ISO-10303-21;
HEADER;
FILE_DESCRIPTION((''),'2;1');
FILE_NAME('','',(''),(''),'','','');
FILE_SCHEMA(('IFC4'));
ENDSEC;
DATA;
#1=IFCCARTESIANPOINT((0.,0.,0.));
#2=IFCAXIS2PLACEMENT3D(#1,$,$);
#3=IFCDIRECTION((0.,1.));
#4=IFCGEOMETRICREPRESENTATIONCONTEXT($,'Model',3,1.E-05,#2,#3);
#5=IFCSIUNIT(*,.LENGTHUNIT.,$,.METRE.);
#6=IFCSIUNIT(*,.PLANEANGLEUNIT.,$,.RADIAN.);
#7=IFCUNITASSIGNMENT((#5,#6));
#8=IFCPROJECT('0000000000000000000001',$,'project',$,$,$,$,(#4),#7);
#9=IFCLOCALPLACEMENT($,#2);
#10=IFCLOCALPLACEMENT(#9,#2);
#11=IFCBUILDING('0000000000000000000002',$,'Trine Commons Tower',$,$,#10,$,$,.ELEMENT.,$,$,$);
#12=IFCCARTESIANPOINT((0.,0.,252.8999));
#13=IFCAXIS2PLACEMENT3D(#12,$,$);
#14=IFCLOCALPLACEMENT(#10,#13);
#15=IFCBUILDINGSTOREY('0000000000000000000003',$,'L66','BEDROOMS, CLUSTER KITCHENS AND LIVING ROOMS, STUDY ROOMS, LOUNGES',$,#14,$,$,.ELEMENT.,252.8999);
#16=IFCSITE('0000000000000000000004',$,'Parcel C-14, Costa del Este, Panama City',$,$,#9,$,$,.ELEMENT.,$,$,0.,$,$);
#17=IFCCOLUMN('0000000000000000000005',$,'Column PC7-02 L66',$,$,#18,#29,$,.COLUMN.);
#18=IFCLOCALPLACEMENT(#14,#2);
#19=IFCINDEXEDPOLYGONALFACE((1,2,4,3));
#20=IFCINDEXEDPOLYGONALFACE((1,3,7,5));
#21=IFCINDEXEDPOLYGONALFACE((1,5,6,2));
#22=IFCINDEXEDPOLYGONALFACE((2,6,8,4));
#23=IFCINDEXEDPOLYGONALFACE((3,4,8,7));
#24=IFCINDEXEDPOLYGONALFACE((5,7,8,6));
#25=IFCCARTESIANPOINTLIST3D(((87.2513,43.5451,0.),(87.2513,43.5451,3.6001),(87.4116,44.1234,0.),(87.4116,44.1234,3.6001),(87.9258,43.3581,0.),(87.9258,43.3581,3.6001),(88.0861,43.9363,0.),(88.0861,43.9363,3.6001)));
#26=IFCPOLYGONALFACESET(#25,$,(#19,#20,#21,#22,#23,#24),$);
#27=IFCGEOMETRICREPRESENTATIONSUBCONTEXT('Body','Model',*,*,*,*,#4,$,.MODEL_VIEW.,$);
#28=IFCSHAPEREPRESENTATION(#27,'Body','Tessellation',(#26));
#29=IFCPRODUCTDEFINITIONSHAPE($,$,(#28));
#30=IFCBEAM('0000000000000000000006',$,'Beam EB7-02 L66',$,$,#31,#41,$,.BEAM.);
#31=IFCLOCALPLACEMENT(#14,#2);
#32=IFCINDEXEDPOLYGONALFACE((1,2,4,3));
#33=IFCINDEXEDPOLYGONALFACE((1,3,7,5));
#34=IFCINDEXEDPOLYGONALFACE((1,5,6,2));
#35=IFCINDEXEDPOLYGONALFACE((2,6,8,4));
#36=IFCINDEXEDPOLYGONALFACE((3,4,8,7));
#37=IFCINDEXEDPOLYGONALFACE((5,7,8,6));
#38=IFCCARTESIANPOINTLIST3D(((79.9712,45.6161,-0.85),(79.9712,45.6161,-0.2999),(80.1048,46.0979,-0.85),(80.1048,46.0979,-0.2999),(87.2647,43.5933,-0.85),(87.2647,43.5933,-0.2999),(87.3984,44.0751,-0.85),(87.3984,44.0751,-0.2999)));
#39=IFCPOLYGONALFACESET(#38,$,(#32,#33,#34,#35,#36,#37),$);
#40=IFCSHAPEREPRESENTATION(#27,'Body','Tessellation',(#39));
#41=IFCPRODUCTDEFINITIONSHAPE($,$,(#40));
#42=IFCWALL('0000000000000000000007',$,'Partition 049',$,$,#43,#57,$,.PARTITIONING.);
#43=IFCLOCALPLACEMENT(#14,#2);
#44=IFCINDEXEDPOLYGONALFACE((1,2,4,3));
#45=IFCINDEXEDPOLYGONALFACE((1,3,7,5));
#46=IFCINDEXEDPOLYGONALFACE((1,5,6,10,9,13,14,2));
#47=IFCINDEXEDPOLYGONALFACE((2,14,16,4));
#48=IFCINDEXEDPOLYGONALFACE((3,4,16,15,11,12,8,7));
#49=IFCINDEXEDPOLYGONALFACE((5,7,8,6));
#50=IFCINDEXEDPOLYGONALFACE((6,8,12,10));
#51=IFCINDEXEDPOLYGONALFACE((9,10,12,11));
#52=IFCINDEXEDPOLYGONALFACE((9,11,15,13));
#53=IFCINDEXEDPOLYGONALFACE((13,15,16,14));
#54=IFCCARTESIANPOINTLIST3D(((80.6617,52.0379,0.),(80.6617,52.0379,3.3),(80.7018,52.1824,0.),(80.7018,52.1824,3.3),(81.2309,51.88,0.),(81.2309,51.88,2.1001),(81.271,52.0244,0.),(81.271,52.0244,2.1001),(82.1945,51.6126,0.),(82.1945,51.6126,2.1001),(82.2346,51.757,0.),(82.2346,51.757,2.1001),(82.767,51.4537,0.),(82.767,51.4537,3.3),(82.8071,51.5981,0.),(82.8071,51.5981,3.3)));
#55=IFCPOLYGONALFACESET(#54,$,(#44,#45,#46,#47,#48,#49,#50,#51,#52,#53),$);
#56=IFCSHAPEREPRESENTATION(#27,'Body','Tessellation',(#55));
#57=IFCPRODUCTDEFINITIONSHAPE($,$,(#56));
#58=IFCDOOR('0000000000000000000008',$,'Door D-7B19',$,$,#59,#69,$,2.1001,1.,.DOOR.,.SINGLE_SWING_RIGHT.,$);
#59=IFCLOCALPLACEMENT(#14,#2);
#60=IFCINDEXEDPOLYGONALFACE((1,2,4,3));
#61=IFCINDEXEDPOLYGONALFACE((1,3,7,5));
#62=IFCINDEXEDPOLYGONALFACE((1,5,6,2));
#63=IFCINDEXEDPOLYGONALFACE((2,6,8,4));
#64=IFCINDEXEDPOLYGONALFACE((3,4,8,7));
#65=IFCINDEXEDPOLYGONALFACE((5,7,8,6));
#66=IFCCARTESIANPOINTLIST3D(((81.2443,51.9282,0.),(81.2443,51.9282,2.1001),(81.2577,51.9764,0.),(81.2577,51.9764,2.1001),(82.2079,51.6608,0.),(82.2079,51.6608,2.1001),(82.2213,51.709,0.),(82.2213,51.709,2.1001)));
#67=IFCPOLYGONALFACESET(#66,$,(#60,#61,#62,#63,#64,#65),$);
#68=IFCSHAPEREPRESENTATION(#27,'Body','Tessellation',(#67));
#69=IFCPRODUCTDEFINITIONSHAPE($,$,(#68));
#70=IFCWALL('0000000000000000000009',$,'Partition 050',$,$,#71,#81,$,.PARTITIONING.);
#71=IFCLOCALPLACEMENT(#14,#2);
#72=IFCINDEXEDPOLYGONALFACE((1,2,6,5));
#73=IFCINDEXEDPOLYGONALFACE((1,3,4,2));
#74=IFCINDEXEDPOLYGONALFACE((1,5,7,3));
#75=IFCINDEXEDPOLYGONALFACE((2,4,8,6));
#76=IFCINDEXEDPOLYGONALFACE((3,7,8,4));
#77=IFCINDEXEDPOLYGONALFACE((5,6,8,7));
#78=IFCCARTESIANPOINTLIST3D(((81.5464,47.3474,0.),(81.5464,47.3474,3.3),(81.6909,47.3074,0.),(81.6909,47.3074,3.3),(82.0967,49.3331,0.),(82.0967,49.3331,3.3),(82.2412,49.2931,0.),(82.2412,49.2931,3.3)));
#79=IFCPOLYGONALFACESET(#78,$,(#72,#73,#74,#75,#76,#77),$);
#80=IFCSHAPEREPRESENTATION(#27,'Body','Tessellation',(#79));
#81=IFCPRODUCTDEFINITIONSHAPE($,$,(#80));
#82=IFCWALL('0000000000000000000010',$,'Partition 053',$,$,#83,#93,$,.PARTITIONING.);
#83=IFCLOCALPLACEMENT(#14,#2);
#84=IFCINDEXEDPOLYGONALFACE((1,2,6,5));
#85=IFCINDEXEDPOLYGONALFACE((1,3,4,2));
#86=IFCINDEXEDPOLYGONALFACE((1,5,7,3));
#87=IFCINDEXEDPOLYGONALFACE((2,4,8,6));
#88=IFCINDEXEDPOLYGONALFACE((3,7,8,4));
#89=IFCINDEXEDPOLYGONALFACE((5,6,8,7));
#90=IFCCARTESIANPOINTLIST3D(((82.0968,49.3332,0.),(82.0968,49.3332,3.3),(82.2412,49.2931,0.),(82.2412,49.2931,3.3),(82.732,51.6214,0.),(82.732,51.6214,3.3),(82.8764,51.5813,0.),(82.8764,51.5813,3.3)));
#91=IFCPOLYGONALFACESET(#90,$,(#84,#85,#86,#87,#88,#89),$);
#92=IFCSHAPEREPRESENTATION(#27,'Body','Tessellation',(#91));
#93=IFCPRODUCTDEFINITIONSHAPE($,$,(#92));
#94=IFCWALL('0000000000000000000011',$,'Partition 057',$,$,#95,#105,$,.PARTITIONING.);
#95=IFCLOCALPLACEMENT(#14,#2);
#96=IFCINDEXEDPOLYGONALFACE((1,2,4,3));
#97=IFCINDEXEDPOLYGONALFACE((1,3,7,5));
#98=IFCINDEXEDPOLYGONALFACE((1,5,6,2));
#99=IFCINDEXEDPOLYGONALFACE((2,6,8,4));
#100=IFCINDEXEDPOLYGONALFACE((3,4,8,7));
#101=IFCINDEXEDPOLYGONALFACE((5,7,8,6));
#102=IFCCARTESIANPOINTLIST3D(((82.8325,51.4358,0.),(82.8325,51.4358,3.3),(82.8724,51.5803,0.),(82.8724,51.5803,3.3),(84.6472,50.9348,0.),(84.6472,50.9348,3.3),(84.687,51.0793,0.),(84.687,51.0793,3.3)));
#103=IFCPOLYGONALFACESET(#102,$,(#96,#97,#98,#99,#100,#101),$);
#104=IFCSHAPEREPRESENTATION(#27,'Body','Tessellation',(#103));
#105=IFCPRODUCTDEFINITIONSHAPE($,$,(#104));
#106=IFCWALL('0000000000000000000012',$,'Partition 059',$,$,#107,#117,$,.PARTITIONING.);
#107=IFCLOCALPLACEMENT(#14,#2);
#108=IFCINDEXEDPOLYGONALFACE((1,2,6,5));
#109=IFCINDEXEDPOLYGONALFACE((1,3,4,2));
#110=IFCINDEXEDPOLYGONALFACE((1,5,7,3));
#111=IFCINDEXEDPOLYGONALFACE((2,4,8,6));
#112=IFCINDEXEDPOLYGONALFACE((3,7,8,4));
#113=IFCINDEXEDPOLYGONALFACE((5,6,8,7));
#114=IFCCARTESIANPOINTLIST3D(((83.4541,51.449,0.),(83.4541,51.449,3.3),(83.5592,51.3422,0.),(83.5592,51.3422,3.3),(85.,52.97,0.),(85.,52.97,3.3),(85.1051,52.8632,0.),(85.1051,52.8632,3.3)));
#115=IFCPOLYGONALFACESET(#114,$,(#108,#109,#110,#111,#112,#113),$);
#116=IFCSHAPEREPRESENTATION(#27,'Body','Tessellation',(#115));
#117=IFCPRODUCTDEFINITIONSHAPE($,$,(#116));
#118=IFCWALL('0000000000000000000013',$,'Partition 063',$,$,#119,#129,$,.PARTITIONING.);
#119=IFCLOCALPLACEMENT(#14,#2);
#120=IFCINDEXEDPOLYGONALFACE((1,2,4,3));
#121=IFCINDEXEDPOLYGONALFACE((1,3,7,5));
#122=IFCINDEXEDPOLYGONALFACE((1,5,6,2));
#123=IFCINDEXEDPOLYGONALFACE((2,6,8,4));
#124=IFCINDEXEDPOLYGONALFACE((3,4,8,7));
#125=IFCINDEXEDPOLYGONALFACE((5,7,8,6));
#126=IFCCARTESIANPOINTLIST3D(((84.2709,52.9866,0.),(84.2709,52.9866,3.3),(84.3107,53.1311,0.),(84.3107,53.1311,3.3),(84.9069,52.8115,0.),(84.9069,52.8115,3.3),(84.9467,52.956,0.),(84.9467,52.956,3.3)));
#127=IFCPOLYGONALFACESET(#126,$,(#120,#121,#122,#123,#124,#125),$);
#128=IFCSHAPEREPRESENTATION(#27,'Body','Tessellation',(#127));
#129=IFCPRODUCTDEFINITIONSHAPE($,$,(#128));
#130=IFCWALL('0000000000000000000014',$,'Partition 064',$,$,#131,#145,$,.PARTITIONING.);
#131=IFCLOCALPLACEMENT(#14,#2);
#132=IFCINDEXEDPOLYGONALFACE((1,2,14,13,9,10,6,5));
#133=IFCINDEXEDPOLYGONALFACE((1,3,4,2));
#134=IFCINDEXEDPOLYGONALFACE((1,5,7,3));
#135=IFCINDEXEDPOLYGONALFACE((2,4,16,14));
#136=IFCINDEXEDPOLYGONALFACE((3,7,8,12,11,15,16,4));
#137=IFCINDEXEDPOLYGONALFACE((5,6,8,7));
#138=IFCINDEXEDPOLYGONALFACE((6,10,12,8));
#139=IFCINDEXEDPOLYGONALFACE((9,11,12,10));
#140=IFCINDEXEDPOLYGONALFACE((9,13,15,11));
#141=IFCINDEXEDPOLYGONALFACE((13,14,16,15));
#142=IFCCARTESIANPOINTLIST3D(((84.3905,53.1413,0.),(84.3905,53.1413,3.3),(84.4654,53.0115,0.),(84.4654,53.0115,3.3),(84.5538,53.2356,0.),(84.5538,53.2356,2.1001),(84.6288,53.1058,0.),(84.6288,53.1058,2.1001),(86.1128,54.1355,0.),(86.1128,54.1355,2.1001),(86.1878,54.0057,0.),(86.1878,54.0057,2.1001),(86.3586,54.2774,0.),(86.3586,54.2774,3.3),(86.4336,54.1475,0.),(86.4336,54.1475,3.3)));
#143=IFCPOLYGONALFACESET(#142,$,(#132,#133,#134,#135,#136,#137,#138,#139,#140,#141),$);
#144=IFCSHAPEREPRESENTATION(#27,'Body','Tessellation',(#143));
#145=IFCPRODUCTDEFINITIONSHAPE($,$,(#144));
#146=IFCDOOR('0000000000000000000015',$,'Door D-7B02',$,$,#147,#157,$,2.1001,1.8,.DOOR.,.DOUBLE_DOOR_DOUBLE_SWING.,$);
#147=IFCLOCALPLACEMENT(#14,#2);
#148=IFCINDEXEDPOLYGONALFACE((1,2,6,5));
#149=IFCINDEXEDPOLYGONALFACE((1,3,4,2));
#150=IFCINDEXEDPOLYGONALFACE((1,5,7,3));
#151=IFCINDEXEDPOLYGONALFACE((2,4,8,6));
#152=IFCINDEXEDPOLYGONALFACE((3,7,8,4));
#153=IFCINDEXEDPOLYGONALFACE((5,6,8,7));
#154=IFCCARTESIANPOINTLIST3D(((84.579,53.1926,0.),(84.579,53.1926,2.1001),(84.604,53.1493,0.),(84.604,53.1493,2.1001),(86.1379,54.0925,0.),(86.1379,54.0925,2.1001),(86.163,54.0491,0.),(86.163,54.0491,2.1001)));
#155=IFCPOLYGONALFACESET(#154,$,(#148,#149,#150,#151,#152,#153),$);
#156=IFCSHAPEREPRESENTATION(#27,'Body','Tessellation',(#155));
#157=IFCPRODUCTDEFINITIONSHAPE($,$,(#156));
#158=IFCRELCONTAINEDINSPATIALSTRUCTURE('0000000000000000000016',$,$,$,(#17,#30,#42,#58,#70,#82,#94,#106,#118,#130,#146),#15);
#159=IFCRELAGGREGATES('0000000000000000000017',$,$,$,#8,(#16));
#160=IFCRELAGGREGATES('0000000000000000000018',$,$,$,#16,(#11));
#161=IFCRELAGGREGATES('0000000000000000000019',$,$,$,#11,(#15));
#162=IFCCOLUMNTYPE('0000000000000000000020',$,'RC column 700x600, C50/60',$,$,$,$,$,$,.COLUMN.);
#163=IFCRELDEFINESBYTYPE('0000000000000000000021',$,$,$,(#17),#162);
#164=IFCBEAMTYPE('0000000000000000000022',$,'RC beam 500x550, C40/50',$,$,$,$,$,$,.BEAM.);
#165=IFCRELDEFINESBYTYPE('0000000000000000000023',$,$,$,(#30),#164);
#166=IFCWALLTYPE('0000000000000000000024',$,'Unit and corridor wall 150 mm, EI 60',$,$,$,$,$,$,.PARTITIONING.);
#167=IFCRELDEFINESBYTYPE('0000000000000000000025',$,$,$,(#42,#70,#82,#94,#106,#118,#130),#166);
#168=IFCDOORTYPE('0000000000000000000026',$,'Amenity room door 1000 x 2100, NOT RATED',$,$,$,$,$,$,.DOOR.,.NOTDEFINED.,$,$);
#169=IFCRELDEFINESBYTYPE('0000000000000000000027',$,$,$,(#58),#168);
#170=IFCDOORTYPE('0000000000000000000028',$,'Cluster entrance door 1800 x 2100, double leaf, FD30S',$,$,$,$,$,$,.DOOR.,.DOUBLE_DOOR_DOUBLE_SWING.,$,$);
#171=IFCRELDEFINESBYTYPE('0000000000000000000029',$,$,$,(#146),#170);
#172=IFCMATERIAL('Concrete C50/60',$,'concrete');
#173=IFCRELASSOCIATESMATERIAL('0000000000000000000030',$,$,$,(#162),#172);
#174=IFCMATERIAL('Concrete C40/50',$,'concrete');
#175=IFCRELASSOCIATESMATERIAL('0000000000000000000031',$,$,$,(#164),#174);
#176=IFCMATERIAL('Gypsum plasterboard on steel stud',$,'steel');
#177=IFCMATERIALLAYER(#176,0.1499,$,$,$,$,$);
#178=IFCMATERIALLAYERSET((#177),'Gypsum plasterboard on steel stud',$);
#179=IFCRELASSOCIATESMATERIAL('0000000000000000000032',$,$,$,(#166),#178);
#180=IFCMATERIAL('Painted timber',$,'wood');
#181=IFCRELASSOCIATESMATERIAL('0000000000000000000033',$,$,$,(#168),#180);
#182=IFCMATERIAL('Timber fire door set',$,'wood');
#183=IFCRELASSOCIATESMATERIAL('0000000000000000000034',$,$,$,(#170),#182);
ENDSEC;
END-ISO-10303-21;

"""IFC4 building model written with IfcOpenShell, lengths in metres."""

from ifc_helpers import new_model, si_unit, direction, frame, frame_2d, origin, origin_2d, place, context, subcontext, project, spatial, rectangle, extrude, material, layer, layer_set, material_profile, profile_set, type_object, element, fill, save


model = new_model("IFC4")

# Units and contexts
model_context = context("Model", 3, precision=1e-05, world=origin(), true_north=direction((0.0, 1.0)))
body_context = subcontext(model_context, "Body", "Model", "MODEL_VIEW")
ifc_project = project(units=[si_unit("LENGTHUNIT", "METRE"), si_unit("PLANEANGLEUNIT", "RADIAN")], contexts=[model_context])

# Site, building, storey
site_placement = place(None, origin())
site = spatial("IfcSite", under=ifc_project, at=site_placement, Name="Parcel C-14, Costa del Este, Panama City", CompositionType="ELEMENT", RefElevation=0.0)
building_placement = place(site_placement, origin())
building = spatial("IfcBuilding", under=site, at=building_placement, Name="Trine Commons Tower", CompositionType="ELEMENT")
storey_placement = place(building_placement, frame((0.0, 0.0, 252.8999)))
storey = spatial("IfcBuildingStorey", under=building, at=storey_placement, Name="L66", Description="BEDROOMS, CLUSTER KITCHENS AND LIVING ROOMS, STUDY ROOMS, LOUNGES", CompositionType="ELEMENT", Elevation=252.8999)

# Column
ifc_material_1 = material(Name="Concrete C50/60", Category="concrete")
ifc_material_profile_1 = material_profile(ifc_material_1, rectangle(XDim=0.7, YDim=0.6001, at=origin_2d()), Name="RC 700x600")
ifc_profile_set_1 = profile_set([ifc_material_profile_1], Name="Concrete C50/60")
column_type = type_object("IfcColumnType", Name="RC column 700x600, C50/60", PredefinedType="COLUMN", material=ifc_profile_set_1)
column_placement = place(storey_placement, frame((87.6687, 43.7407, 0.0), z_axis=(0.0, 0.0, 1.0), x_axis=(-0.96363, 0.267238, 0.0)))
element("IfcColumn", 1, at=column_placement, inside=storey, type_object=column_type, Name="Column PC7-02 L66", PredefinedType="COLUMN", context=body_context, shape_type="SweptSolid", body=[
    extrude(rectangle(XDim=0.7, YDim=0.6001, at=origin_2d()), origin(), (0.0, 0.0, 1.0), 3.6001),
])

# Beam
ifc_material_2 = material(Name="Concrete C40/50", Category="concrete")
ifc_material_profile_2 = material_profile(ifc_material_2, rectangle(XDim=0.5, YDim=0.55, at=origin_2d()), Name="RC 500x550")
ifc_profile_set_2 = profile_set([ifc_material_profile_2], Name="Concrete C40/50")
beam_type = type_object("IfcBeamType", Name="RC beam 500x550, C40/50", PredefinedType="BEAM", material=ifc_profile_set_2)
beam_placement = place(storey_placement, frame((87.3315, 43.8342, -0.575), z_axis=(-0.963629, 0.267245, 0.0), x_axis=(-0.267245, -0.963629, 0.0)))
element("IfcBeam", 2, at=beam_placement, inside=storey, type_object=beam_type, Name="Beam EB7-02 L66", PredefinedType="BEAM", context=body_context, shape_type="SweptSolid", body=[
    extrude(rectangle(XDim=0.5, YDim=0.55, at=origin_2d()), origin(), (0.0, 0.0, 1.0), 7.5688),
])

# Wall, opening, door
ifc_material_3 = material(Name="Gypsum plasterboard on steel stud", Category="steel")
ifc_layer_1 = layer(ifc_material_3, 0.1499)
ifc_layer_set_1 = layer_set([ifc_layer_1], Name="Gypsum plasterboard on steel stud")
wall_type_1 = type_object("IfcWallType", Name="Unit and corridor wall 150 mm, EI 60", PredefinedType="PARTITIONING", material=ifc_layer_set_1)
wall_1_placement = place(storey_placement, frame((80.6819, 52.1101, 0.0), z_axis=(0.0, 0.0, 1.0), x_axis=(0.963584, -0.267408, 0.0)))
wall_1 = element("IfcWall", 3, at=wall_1_placement, inside=storey, type_object=wall_type_1, Name="Partition 049", PredefinedType="PARTITIONING", context=body_context, shape_type="SweptSolid", body=[
    extrude(rectangle(XDim=2.1848, YDim=0.1499, at=frame_2d((1.0923, 0.0))), origin(), (0.0, 0.0, 1.0), 3.3),
])
opening_1_placement = place(wall_1_placement, frame((0.5906, 0.0, 0.0)))
opening_1 = element("IfcOpeningElement", 4, at=opening_1_placement, cuts=wall_1, PredefinedType="OPENING", context=body_context, shape_type="SweptSolid", body=[
    extrude(rectangle(XDim=1.0, YDim=2.1001, at=frame_2d((0.5, 1.05))), frame((0.0, 0.085, 0.0), z_axis=(0.0, -1.0, 0.0), x_axis=(1.0, 0.0, 0.0)), (0.0, 0.0, 1.0), 0.1699),
])
ifc_material_4 = material(Name="Painted timber", Category="wood")
door_type_1 = type_object("IfcDoorType", Name="Amenity room door 1000 x 2100, NOT RATED", OperationType="NOTDEFINED", PredefinedType="DOOR", material=ifc_material_4)
door_1_placement = place(opening_1_placement, frame((1.0, 0.0, 0.0), z_axis=(0.0, 0.0, 1.0), x_axis=(-1.0, 0.0, 0.0)))
door_1 = element("IfcDoor", 5, at=door_1_placement, inside=storey, type_object=door_type_1, Name="Door D-7B19", OperationType="SINGLE_SWING_RIGHT", OverallHeight=2.1001, OverallWidth=1.0, PredefinedType="DOOR", context=body_context, shape_type="SweptSolid", body=[
    extrude(rectangle(XDim=1.0, YDim=2.1001, at=frame_2d((0.5, 1.05))), frame((0.0, 0.0249, 0.0), z_axis=(0.0, -1.0, 0.0), x_axis=(1.0, 0.0, 0.0)), (0.0, 0.0, 1.0), 0.05),
])
fill(opening_1, door_1)

# Walls
wall_2_placement = place(storey_placement, frame((81.6187, 47.3274, 0.0), z_axis=(0.0, 0.0, 1.0), x_axis=(0.267075, 0.963676, 0.0)))
element("IfcWall", 6, at=wall_2_placement, inside=storey, type_object=wall_type_1, Name="Partition 050", PredefinedType="PARTITIONING", context=body_context, shape_type="SweptSolid", body=[
    extrude(rectangle(XDim=2.0605, YDim=0.1499, at=frame_2d((1.0303, 0.0))), origin(), (0.0, 0.0, 1.0), 3.3),
])
wall_3_placement = place(storey_placement, frame((82.1689, 49.313, 0.0), z_axis=(0.0, 0.0, 1.0), x_axis=(0.26749, 0.963561, 0.0)))
element("IfcWall", 7, at=wall_3_placement, inside=storey, type_object=wall_type_1, Name="Partition 053", PredefinedType="PARTITIONING", context=body_context, shape_type="SweptSolid", body=[
    extrude(rectangle(XDim=2.3748, YDim=0.1499, at=frame_2d((1.1875, 0.0))), origin(), (0.0, 0.0, 1.0), 3.3),
])
wall_4_placement = place(storey_placement, frame((82.8523, 51.5081, 0.0), z_axis=(0.0, 0.0, 1.0), x_axis=(0.963942, -0.266112, 0.0)))
element("IfcWall", 8, at=wall_4_placement, inside=storey, type_object=wall_type_1, Name="Partition 057", PredefinedType="PARTITIONING", context=body_context, shape_type="SweptSolid", body=[
    extrude(rectangle(XDim=1.8826, YDim=0.1499, at=frame_2d((0.9414, 0.0))), origin(), (0.0, 0.0, 1.0), 3.3),
])
wall_5_placement = place(storey_placement, frame((83.5066, 51.3955, 0.0), z_axis=(0.0, 0.0, 1.0), x_axis=(0.712825, 0.701342, 0.0)))
element("IfcWall", 9, at=wall_5_placement, inside=storey, type_object=wall_type_1, Name="Partition 059", PredefinedType="PARTITIONING", context=body_context, shape_type="SweptSolid", body=[
    extrude(rectangle(XDim=2.1687, YDim=0.1499, at=frame_2d((1.0845, 0.0))), origin(), (0.0, 0.0, 1.0), 3.3),
])
wall_6_placement = place(storey_placement, frame((84.2908, 53.0588, 0.0), z_axis=(0.0, 0.0, 1.0), x_axis=(0.964146, -0.265372, 0.0)))
element("IfcWall", 10, at=wall_6_placement, inside=storey, type_object=wall_type_1, Name="Partition 063", PredefinedType="PARTITIONING", context=body_context, shape_type="SweptSolid", body=[
    extrude(rectangle(XDim=0.6597, YDim=0.1499, at=frame_2d((0.3298, 0.0))), origin(), (0.0, 0.0, 1.0), 3.3),
])

# Wall, opening, door
wall_7_placement = place(storey_placement, frame((84.428, 53.0764, 0.0), z_axis=(0.0, 0.0, 1.0), x_axis=(0.866073, 0.499918, 0.0)))
wall_7 = element("IfcWall", 11, at=wall_7_placement, inside=storey, type_object=wall_type_1, Name="Partition 064", PredefinedType="PARTITIONING", context=body_context, shape_type="SweptSolid", body=[
    extrude(rectangle(XDim=2.2725, YDim=0.1499, at=frame_2d((1.1362, 0.0))), origin(), (0.0, 0.0, 1.0), 3.3),
])
opening_2_placement = place(wall_7_placement, frame((0.1887, 0.0, 0.0)))
opening_2 = element("IfcOpeningElement", 12, at=opening_2_placement, cuts=wall_7, PredefinedType="OPENING", context=body_context, shape_type="SweptSolid", body=[
    extrude(rectangle(XDim=1.8, YDim=2.1001, at=frame_2d((0.8999, 1.05))), frame((0.0, 0.085, 0.0), z_axis=(0.0, -1.0, 0.0), x_axis=(1.0, 0.0, 0.0)), (0.0, 0.0, 1.0), 0.1699),
])
ifc_material_5 = material(Name="Timber fire door set", Category="wood")
door_type_2 = type_object("IfcDoorType", Name="Cluster entrance door 1800 x 2100, double leaf, FD30S", OperationType="DOUBLE_DOOR_DOUBLE_SWING", PredefinedType="DOOR", material=ifc_material_5)
door_2_placement = place(opening_2_placement, frame((1.8, 0.0, 0.0), z_axis=(0.0, 0.0, 1.0), x_axis=(-1.0, 0.0, 0.0)))
door_2 = element("IfcDoor", 13, at=door_2_placement, inside=storey, type_object=door_type_2, Name="Door D-7B02", OperationType="DOUBLE_DOOR_DOUBLE_SWING", OverallHeight=2.1001, OverallWidth=1.8, PredefinedType="DOOR", context=body_context, shape_type="SweptSolid", body=[
    extrude(rectangle(XDim=1.8, YDim=2.1001, at=frame_2d((0.8999, 1.05))), frame((0.0, 0.0249, 0.0), z_axis=(0.0, -1.0, 0.0), x_axis=(1.0, 0.0, 0.0)), (0.0, 0.0, 1.0), 0.05),
])
fill(opening_2, door_2)

save(model, "model.ifc")
